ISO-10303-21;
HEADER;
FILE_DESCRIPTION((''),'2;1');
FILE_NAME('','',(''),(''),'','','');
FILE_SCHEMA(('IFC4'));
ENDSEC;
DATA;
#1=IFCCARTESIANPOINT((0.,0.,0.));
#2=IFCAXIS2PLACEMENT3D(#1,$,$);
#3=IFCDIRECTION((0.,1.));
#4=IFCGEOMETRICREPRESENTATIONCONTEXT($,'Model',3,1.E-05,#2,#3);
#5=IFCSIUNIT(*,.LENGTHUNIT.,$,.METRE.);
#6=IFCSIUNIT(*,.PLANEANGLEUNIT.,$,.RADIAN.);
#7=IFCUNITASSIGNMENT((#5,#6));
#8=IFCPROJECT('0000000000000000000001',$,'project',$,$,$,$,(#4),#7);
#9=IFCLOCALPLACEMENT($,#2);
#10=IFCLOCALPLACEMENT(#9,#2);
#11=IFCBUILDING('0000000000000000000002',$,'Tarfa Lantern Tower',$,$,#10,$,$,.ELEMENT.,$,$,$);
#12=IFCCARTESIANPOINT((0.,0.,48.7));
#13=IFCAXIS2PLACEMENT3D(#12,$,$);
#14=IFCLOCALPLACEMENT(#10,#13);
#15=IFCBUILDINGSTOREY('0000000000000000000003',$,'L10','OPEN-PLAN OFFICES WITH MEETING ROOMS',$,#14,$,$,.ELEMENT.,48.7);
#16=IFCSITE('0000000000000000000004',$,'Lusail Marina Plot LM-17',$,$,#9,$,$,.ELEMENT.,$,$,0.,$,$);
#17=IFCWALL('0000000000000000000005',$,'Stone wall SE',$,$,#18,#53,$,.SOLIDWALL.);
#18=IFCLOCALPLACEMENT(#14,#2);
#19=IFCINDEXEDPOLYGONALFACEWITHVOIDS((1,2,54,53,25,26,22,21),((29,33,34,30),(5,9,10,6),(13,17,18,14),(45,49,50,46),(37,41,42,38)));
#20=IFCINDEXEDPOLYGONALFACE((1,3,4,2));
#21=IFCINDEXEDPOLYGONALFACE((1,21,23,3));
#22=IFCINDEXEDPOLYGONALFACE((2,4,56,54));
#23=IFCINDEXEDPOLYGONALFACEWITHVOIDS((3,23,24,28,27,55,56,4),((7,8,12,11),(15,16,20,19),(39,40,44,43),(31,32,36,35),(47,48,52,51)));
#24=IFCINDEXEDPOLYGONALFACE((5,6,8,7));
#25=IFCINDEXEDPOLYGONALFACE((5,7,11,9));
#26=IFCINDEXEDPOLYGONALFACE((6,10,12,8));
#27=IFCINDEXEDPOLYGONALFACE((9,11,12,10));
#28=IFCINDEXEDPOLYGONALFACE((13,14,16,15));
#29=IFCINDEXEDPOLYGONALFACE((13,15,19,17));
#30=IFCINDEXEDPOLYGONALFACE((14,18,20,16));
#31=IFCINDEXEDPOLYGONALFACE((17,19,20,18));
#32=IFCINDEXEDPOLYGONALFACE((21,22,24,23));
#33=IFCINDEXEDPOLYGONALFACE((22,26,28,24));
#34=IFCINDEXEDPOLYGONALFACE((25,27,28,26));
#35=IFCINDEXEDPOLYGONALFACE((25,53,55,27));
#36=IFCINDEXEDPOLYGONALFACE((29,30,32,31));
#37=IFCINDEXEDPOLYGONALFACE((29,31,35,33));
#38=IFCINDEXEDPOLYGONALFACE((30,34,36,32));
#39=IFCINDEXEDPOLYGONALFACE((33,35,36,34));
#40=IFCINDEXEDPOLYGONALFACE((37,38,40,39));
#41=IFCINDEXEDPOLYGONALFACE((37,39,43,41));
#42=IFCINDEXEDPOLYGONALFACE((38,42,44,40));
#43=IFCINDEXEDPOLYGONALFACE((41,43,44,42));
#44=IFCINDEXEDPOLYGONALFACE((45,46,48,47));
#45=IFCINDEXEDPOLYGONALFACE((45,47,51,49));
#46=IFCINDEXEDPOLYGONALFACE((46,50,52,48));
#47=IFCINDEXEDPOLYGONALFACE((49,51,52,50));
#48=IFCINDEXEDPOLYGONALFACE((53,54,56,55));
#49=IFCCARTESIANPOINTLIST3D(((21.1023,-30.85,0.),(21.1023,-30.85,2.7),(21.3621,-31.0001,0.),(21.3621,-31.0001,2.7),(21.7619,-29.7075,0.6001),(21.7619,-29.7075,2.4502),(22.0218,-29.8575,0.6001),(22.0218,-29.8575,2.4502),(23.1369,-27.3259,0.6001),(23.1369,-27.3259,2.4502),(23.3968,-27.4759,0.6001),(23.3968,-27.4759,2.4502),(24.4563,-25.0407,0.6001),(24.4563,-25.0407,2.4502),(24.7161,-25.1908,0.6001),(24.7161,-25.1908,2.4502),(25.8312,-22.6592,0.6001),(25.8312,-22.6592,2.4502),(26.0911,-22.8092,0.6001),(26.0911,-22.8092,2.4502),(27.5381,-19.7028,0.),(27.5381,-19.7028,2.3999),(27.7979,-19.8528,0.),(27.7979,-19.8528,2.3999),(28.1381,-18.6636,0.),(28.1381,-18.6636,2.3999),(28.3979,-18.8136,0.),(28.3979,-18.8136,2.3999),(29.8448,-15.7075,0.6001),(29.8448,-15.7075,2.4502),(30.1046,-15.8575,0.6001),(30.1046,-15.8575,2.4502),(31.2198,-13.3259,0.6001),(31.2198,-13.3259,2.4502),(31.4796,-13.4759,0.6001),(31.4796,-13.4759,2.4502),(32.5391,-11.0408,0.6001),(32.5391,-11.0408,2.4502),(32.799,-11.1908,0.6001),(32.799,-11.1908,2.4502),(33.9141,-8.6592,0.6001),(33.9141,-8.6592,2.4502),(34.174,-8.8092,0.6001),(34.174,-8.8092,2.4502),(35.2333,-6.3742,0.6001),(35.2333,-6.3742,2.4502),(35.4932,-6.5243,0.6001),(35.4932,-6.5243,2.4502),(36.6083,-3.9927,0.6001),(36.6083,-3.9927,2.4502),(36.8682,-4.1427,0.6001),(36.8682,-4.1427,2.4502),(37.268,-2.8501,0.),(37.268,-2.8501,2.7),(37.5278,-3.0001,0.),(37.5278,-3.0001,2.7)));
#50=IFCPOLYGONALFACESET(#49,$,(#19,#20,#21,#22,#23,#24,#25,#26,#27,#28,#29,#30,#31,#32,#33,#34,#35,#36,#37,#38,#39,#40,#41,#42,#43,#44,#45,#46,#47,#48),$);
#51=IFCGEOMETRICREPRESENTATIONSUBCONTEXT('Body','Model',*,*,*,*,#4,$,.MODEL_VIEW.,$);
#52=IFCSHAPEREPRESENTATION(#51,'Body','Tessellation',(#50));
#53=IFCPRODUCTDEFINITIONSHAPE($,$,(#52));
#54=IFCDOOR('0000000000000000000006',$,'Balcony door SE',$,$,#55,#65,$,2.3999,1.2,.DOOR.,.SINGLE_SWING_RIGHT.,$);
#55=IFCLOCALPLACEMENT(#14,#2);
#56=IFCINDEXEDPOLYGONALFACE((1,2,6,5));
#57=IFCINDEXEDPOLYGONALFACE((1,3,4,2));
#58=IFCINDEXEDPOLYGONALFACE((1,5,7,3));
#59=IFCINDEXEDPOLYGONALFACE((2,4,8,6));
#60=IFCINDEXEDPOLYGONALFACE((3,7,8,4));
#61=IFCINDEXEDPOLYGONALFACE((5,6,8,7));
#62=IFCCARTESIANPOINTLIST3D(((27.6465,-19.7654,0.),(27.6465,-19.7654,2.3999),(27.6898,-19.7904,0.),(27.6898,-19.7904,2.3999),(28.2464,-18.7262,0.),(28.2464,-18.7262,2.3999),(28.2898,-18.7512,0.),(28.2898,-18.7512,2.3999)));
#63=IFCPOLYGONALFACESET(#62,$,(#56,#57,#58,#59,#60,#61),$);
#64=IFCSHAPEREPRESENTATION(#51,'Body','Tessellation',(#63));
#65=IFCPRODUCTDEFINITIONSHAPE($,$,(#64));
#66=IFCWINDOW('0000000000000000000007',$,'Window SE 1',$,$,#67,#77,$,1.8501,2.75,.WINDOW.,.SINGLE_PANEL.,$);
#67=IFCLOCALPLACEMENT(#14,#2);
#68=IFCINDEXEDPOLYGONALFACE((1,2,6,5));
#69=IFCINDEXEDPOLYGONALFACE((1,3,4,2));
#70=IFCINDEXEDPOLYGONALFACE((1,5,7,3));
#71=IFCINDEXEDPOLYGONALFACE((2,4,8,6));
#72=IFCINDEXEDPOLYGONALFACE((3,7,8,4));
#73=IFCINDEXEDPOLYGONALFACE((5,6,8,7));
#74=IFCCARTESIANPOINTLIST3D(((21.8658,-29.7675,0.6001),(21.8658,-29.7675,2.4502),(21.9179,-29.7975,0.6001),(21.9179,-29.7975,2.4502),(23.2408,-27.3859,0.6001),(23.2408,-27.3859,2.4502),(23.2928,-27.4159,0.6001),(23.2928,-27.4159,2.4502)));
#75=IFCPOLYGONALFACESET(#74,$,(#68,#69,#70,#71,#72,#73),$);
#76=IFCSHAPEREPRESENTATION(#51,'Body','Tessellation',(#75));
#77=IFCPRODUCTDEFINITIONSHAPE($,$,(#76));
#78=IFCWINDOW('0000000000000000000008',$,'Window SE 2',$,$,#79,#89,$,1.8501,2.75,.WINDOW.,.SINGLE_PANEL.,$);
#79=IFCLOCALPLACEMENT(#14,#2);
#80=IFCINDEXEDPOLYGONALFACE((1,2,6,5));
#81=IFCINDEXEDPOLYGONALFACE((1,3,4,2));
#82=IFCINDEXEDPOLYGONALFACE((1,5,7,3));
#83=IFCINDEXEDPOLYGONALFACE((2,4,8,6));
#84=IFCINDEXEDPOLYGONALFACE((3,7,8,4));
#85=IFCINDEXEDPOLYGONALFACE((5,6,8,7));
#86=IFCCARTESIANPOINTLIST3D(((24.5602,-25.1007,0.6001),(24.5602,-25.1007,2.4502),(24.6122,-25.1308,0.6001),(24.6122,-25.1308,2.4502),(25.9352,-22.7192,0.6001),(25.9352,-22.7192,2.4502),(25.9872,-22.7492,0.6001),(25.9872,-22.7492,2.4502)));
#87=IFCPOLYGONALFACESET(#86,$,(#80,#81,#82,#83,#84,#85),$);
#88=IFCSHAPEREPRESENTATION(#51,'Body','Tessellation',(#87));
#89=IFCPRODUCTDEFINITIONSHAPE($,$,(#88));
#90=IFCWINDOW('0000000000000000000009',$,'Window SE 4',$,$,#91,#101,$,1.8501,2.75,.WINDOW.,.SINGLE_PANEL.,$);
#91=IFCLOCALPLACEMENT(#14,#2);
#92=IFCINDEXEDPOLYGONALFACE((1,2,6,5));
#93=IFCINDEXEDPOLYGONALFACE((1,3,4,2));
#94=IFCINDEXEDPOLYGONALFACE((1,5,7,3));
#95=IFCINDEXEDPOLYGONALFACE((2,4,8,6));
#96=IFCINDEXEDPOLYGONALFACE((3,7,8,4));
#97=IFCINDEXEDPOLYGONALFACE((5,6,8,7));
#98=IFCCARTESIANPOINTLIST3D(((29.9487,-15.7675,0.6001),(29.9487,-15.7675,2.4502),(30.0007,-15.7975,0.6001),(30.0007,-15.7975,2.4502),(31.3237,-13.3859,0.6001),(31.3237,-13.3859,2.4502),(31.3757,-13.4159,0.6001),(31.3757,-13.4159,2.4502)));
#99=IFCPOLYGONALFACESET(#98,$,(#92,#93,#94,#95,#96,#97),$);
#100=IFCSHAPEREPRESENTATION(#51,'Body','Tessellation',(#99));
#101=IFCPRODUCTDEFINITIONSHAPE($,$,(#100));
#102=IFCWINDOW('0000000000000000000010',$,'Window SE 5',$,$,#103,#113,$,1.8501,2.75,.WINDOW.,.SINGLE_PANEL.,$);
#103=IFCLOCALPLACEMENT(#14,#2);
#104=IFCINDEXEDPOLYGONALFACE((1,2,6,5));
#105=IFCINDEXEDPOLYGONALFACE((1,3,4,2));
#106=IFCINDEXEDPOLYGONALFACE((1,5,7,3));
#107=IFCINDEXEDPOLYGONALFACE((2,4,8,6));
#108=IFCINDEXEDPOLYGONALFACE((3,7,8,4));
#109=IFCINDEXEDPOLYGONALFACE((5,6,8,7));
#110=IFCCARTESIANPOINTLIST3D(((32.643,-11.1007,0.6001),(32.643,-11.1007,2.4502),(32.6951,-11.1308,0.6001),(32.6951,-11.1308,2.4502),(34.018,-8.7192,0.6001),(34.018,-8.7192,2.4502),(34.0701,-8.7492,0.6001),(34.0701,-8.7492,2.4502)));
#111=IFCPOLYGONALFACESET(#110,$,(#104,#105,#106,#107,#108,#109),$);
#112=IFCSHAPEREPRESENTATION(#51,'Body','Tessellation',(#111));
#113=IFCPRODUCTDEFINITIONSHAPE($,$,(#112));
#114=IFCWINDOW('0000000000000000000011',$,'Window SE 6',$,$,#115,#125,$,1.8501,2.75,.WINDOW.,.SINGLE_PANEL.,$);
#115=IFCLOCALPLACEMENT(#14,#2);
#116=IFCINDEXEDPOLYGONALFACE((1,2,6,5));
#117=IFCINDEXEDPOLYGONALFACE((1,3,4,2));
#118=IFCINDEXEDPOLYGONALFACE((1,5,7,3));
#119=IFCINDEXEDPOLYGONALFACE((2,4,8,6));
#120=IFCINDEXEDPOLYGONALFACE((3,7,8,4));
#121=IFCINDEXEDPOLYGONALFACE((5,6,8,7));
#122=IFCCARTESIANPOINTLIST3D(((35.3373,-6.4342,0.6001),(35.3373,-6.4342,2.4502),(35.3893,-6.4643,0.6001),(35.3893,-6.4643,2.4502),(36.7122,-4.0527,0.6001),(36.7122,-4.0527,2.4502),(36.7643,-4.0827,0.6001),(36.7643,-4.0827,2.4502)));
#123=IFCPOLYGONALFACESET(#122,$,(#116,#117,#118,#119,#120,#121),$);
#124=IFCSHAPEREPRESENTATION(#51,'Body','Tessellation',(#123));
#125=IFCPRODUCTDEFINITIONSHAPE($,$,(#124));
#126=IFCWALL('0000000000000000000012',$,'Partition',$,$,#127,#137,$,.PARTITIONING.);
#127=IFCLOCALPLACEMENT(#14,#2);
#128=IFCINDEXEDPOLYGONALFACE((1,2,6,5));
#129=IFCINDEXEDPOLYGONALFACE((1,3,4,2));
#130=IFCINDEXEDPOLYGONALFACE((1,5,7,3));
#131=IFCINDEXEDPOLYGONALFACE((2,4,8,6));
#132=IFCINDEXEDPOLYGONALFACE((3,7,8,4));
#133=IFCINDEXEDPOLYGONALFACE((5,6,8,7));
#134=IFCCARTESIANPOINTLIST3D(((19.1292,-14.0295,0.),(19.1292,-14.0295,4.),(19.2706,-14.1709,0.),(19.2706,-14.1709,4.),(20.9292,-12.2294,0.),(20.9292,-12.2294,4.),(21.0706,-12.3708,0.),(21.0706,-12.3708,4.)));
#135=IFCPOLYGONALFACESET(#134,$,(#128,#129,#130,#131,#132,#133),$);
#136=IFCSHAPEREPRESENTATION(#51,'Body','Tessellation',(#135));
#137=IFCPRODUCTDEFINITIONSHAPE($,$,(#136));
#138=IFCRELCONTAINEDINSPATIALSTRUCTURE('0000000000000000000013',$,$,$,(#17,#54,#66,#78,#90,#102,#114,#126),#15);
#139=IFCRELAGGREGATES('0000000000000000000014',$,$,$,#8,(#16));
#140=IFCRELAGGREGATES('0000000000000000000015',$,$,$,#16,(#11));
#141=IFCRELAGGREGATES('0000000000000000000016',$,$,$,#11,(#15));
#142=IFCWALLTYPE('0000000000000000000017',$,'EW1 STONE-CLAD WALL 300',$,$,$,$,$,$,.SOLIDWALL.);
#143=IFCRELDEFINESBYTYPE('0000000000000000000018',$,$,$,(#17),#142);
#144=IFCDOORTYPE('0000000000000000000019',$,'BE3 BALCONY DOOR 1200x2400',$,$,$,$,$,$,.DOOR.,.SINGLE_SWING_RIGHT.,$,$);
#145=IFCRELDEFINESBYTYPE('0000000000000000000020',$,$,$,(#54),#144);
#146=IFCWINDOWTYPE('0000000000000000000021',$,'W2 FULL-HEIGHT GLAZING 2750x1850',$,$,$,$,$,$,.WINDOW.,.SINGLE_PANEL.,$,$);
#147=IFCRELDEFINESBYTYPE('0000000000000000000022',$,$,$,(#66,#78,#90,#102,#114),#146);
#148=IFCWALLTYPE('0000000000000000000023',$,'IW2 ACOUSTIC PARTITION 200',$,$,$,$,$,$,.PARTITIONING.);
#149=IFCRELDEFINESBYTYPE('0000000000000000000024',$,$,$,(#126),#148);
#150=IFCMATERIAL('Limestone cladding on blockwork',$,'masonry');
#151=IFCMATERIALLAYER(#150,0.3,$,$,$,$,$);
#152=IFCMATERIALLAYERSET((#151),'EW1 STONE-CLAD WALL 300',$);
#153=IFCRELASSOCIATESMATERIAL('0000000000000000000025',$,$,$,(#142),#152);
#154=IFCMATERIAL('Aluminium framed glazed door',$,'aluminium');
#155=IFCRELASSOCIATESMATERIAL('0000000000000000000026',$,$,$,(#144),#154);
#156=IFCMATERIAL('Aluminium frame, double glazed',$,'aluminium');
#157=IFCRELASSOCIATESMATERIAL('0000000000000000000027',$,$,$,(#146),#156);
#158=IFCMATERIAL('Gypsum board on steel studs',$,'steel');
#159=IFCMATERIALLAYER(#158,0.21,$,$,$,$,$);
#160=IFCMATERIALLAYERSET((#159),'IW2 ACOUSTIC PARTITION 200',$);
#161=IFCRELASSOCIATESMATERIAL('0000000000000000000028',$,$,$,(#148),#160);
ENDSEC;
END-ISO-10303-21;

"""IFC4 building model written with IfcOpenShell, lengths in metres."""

from ifc_helpers import new_model, si_unit, direction, frame, frame_2d, origin, place, context, subcontext, project, spatial, rectangle, extrude, material, layer, layer_set, type_object, element, fill, save


model = new_model("IFC4")

# Units and contexts
model_context = context("Model", 3, precision=1e-05, world=origin(), true_north=direction((0.0, 1.0)))
body_context = subcontext(model_context, "Body", "Model", "MODEL_VIEW")
ifc_project = project(units=[si_unit("LENGTHUNIT", "METRE"), si_unit("PLANEANGLEUNIT", "RADIAN")], contexts=[model_context])

# Site, building, storey
site_placement = place(None, origin())
site = spatial("IfcSite", under=ifc_project, at=site_placement, Name="Lusail Marina Plot LM-17", CompositionType="ELEMENT", RefElevation=0.0)
building_placement = place(site_placement, origin())
building = spatial("IfcBuilding", under=site, at=building_placement, Name="Tarfa Lantern Tower", CompositionType="ELEMENT")
storey_placement = place(building_placement, frame((0.0, 0.0, 48.7)))
storey = spatial("IfcBuildingStorey", under=building, at=storey_placement, Name="L10", Description="OPEN-PLAN OFFICES WITH MEETING ROOMS", CompositionType="ELEMENT", Elevation=48.7)

# Wall, openings, door, windows
ifc_material_1 = material(Name="Limestone cladding on blockwork", Category="masonry")
ifc_layer_1 = layer(ifc_material_1, 0.3)
ifc_layer_set_1 = layer_set([ifc_layer_1], Name="EW1 STONE-CLAD WALL 300")
wall_type_1 = type_object("IfcWallType", Name="EW1 STONE-CLAD WALL 300", PredefinedType="SOLIDWALL", material=ifc_layer_set_1)
wall_1_placement = place(storey_placement, frame((21.2322, -30.925, 0.0), z_axis=(0.0, 0.0, 1.0), x_axis=(0.499999, 0.866026, 0.0)))
wall_1 = element("IfcWall", 1, at=wall_1_placement, inside=storey, type_object=wall_type_1, Name="Stone wall SE", PredefinedType="SOLIDWALL", context=body_context, shape_type="SweptSolid", body=[
    extrude(rectangle(XDim=32.3315, YDim=0.3, at=frame_2d((16.1658, 0.0))), origin(), (0.0, 0.0, 1.0), 2.7),
])
opening_1_placement = place(wall_1_placement, frame((1.3193, 0.0, 0.6001)))
opening_1 = element("IfcOpeningElement", 2, at=opening_1_placement, cuts=wall_1, PredefinedType="OPENING", context=body_context, shape_type="SweptSolid", body=[
    extrude(rectangle(XDim=2.75, YDim=1.8501, at=frame_2d((1.375, 0.925))), frame((0.0, 0.1599, 0.0), z_axis=(0.0, -1.0, 0.0), x_axis=(1.0, 0.0, 0.0)), (0.0, 0.0, 1.0), 0.3201),
])
opening_2_placement = place(wall_1_placement, frame((6.708, 0.0, 0.6001)))
opening_2 = element("IfcOpeningElement", 3, at=opening_2_placement, cuts=wall_1, PredefinedType="OPENING", context=body_context, shape_type="SweptSolid", body=[
    extrude(rectangle(XDim=2.75, YDim=1.8501, at=frame_2d((1.375, 0.925))), frame((0.0, 0.1599, 0.0), z_axis=(0.0, -1.0, 0.0), x_axis=(1.0, 0.0, 0.0)), (0.0, 0.0, 1.0), 0.3201),
])
opening_3_placement = place(wall_1_placement, frame((12.8716, 0.0, 0.0)))
opening_3 = element("IfcOpeningElement", 4, at=opening_3_placement, cuts=wall_1, PredefinedType="OPENING", context=body_context, shape_type="SweptSolid", body=[
    extrude(rectangle(XDim=1.2, YDim=2.3999, at=frame_2d((0.6001, 1.2))), frame((0.0, 0.1599, 0.0), z_axis=(0.0, -1.0, 0.0), x_axis=(1.0, 0.0, 0.0)), (0.0, 0.0, 1.0), 0.3201),
])
opening_4_placement = place(wall_1_placement, frame((17.4851, 0.0, 0.6001)))
opening_4 = element("IfcOpeningElement", 5, at=opening_4_placement, cuts=wall_1, PredefinedType="OPENING", context=body_context, shape_type="SweptSolid", body=[
    extrude(rectangle(XDim=2.75, YDim=1.8501, at=frame_2d((1.375, 0.925))), frame((0.0, 0.1599, 0.0), z_axis=(0.0, -1.0, 0.0), x_axis=(1.0, 0.0, 0.0)), (0.0, 0.0, 1.0), 0.3201),
])
opening_5_placement = place(wall_1_placement, frame((22.8738, 0.0, 0.6001)))
opening_5 = element("IfcOpeningElement", 6, at=opening_5_placement, cuts=wall_1, PredefinedType="OPENING", context=body_context, shape_type="SweptSolid", body=[
    extrude(rectangle(XDim=2.75, YDim=1.8501, at=frame_2d((1.375, 0.925))), frame((0.0, 0.1599, 0.0), z_axis=(0.0, -1.0, 0.0), x_axis=(1.0, 0.0, 0.0)), (0.0, 0.0, 1.0), 0.3201),
])
opening_6_placement = place(wall_1_placement, frame((28.2622, 0.0, 0.6001)))
opening_6 = element("IfcOpeningElement", 7, at=opening_6_placement, cuts=wall_1, PredefinedType="OPENING", context=body_context, shape_type="SweptSolid", body=[
    extrude(rectangle(XDim=2.75, YDim=1.8501, at=frame_2d((1.375, 0.925))), frame((0.0, 0.1599, 0.0), z_axis=(0.0, -1.0, 0.0), x_axis=(1.0, 0.0, 0.0)), (0.0, 0.0, 1.0), 0.3201),
])
ifc_material_2 = material(Name="Aluminium framed glazed door", Category="aluminium")
door_type_1 = type_object("IfcDoorType", Name="BE3 BALCONY DOOR 1200x2400", OperationType="SINGLE_SWING_RIGHT", PredefinedType="DOOR", material=ifc_material_2)
door_1_placement = place(opening_3_placement, origin())
door_1 = element("IfcDoor", 8, at=door_1_placement, inside=storey, type_object=door_type_1, Name="Balcony door SE", OperationType="SINGLE_SWING_RIGHT", OverallHeight=2.3999, OverallWidth=1.2, PredefinedType="DOOR", context=body_context, shape_type="SweptSolid", body=[
    extrude(rectangle(XDim=1.2, YDim=2.3999, at=frame_2d((0.6001, 1.2))), frame((0.0, 0.0249, 0.0), z_axis=(0.0, -1.0, 0.0), x_axis=(1.0, 0.0, 0.0)), (0.0, 0.0, 1.0), 0.05),
])
fill(opening_3, door_1)
ifc_material_3 = material(Name="Aluminium frame, double glazed", Category="aluminium")
window_type = type_object("IfcWindowType", Name="W2 FULL-HEIGHT GLAZING 2750x1850", PartitioningType="SINGLE_PANEL", PredefinedType="WINDOW", material=ifc_material_3)
window_1_placement = place(opening_1_placement, origin())
window_1 = element("IfcWindow", 9, at=window_1_placement, inside=storey, type_object=window_type, Name="Window SE 1", OverallHeight=1.8501, OverallWidth=2.75, PartitioningType="SINGLE_PANEL", PredefinedType="WINDOW", context=body_context, shape_type="SweptSolid", body=[
    extrude(rectangle(XDim=2.75, YDim=1.8501, at=frame_2d((1.375, 0.925))), frame((0.0, 0.03, 0.0), z_axis=(0.0, -1.0, 0.0), x_axis=(1.0, 0.0, 0.0)), (0.0, 0.0, 1.0), 0.0601),
])
fill(opening_1, window_1)
window_2_placement = place(opening_2_placement, origin())
window_2 = element("IfcWindow", 10, at=window_2_placement, inside=storey, type_object=window_type, Name="Window SE 2", OverallHeight=1.8501, OverallWidth=2.75, PartitioningType="SINGLE_PANEL", PredefinedType="WINDOW", context=body_context, shape_type="SweptSolid", body=[
    extrude(rectangle(XDim=2.75, YDim=1.8501, at=frame_2d((1.375, 0.925))), frame((0.0, 0.03, 0.0), z_axis=(0.0, -1.0, 0.0), x_axis=(1.0, 0.0, 0.0)), (0.0, 0.0, 1.0), 0.0601),
])
fill(opening_2, window_2)
window_3_placement = place(opening_4_placement, origin())
window_3 = element("IfcWindow", 11, at=window_3_placement, inside=storey, type_object=window_type, Name="Window SE 4", OverallHeight=1.8501, OverallWidth=2.75, PartitioningType="SINGLE_PANEL", PredefinedType="WINDOW", context=body_context, shape_type="SweptSolid", body=[
    extrude(rectangle(XDim=2.75, YDim=1.8501, at=frame_2d((1.375, 0.925))), frame((0.0, 0.03, 0.0), z_axis=(0.0, -1.0, 0.0), x_axis=(1.0, 0.0, 0.0)), (0.0, 0.0, 1.0), 0.0601),
])
fill(opening_4, window_3)
window_4_placement = place(opening_5_placement, origin())
window_4 = element("IfcWindow", 12, at=window_4_placement, inside=storey, type_object=window_type, Name="Window SE 5", OverallHeight=1.8501, OverallWidth=2.75, PartitioningType="SINGLE_PANEL", PredefinedType="WINDOW", context=body_context, shape_type="SweptSolid", body=[
    extrude(rectangle(XDim=2.75, YDim=1.8501, at=frame_2d((1.375, 0.925))), frame((0.0, 0.03, 0.0), z_axis=(0.0, -1.0, 0.0), x_axis=(1.0, 0.0, 0.0)), (0.0, 0.0, 1.0), 0.0601),
])
fill(opening_5, window_4)
window_5_placement = place(opening_6_placement, origin())
window_5 = element("IfcWindow", 13, at=window_5_placement, inside=storey, type_object=window_type, Name="Window SE 6", OverallHeight=1.8501, OverallWidth=2.75, PartitioningType="SINGLE_PANEL", PredefinedType="WINDOW", context=body_context, shape_type="SweptSolid", body=[
    extrude(rectangle(XDim=2.75, YDim=1.8501, at=frame_2d((1.375, 0.925))), frame((0.0, 0.03, 0.0), z_axis=(0.0, -1.0, 0.0), x_axis=(1.0, 0.0, 0.0)), (0.0, 0.0, 1.0), 0.0601),
])
fill(opening_6, window_5)

# Wall
ifc_material_4 = material(Name="Gypsum board on steel studs", Category="steel")
ifc_layer_2 = layer(ifc_material_4, 0.21)
ifc_layer_set_2 = layer_set([ifc_layer_2], Name="IW2 ACOUSTIC PARTITION 200")
wall_type_2 = type_object("IfcWallType", Name="IW2 ACOUSTIC PARTITION 200", PredefinedType="PARTITIONING", material=ifc_layer_set_2)
wall_2_placement = place(storey_placement, frame((21.0, -12.3, 0.0), z_axis=(0.0, 0.0, 1.0), x_axis=(-0.707107, -0.707107, 0.0)))
element("IfcWall", 14, at=wall_2_placement, inside=storey, type_object=wall_type_2, Name="Partition", PredefinedType="PARTITIONING", context=body_context, shape_type="SweptSolid", body=[
    extrude(rectangle(XDim=2.5457, YDim=0.2, at=frame_2d((1.2729, 0.0))), origin(), (0.0, 0.0, 1.0), 4.0),
])

save(model, "model.ifc")
